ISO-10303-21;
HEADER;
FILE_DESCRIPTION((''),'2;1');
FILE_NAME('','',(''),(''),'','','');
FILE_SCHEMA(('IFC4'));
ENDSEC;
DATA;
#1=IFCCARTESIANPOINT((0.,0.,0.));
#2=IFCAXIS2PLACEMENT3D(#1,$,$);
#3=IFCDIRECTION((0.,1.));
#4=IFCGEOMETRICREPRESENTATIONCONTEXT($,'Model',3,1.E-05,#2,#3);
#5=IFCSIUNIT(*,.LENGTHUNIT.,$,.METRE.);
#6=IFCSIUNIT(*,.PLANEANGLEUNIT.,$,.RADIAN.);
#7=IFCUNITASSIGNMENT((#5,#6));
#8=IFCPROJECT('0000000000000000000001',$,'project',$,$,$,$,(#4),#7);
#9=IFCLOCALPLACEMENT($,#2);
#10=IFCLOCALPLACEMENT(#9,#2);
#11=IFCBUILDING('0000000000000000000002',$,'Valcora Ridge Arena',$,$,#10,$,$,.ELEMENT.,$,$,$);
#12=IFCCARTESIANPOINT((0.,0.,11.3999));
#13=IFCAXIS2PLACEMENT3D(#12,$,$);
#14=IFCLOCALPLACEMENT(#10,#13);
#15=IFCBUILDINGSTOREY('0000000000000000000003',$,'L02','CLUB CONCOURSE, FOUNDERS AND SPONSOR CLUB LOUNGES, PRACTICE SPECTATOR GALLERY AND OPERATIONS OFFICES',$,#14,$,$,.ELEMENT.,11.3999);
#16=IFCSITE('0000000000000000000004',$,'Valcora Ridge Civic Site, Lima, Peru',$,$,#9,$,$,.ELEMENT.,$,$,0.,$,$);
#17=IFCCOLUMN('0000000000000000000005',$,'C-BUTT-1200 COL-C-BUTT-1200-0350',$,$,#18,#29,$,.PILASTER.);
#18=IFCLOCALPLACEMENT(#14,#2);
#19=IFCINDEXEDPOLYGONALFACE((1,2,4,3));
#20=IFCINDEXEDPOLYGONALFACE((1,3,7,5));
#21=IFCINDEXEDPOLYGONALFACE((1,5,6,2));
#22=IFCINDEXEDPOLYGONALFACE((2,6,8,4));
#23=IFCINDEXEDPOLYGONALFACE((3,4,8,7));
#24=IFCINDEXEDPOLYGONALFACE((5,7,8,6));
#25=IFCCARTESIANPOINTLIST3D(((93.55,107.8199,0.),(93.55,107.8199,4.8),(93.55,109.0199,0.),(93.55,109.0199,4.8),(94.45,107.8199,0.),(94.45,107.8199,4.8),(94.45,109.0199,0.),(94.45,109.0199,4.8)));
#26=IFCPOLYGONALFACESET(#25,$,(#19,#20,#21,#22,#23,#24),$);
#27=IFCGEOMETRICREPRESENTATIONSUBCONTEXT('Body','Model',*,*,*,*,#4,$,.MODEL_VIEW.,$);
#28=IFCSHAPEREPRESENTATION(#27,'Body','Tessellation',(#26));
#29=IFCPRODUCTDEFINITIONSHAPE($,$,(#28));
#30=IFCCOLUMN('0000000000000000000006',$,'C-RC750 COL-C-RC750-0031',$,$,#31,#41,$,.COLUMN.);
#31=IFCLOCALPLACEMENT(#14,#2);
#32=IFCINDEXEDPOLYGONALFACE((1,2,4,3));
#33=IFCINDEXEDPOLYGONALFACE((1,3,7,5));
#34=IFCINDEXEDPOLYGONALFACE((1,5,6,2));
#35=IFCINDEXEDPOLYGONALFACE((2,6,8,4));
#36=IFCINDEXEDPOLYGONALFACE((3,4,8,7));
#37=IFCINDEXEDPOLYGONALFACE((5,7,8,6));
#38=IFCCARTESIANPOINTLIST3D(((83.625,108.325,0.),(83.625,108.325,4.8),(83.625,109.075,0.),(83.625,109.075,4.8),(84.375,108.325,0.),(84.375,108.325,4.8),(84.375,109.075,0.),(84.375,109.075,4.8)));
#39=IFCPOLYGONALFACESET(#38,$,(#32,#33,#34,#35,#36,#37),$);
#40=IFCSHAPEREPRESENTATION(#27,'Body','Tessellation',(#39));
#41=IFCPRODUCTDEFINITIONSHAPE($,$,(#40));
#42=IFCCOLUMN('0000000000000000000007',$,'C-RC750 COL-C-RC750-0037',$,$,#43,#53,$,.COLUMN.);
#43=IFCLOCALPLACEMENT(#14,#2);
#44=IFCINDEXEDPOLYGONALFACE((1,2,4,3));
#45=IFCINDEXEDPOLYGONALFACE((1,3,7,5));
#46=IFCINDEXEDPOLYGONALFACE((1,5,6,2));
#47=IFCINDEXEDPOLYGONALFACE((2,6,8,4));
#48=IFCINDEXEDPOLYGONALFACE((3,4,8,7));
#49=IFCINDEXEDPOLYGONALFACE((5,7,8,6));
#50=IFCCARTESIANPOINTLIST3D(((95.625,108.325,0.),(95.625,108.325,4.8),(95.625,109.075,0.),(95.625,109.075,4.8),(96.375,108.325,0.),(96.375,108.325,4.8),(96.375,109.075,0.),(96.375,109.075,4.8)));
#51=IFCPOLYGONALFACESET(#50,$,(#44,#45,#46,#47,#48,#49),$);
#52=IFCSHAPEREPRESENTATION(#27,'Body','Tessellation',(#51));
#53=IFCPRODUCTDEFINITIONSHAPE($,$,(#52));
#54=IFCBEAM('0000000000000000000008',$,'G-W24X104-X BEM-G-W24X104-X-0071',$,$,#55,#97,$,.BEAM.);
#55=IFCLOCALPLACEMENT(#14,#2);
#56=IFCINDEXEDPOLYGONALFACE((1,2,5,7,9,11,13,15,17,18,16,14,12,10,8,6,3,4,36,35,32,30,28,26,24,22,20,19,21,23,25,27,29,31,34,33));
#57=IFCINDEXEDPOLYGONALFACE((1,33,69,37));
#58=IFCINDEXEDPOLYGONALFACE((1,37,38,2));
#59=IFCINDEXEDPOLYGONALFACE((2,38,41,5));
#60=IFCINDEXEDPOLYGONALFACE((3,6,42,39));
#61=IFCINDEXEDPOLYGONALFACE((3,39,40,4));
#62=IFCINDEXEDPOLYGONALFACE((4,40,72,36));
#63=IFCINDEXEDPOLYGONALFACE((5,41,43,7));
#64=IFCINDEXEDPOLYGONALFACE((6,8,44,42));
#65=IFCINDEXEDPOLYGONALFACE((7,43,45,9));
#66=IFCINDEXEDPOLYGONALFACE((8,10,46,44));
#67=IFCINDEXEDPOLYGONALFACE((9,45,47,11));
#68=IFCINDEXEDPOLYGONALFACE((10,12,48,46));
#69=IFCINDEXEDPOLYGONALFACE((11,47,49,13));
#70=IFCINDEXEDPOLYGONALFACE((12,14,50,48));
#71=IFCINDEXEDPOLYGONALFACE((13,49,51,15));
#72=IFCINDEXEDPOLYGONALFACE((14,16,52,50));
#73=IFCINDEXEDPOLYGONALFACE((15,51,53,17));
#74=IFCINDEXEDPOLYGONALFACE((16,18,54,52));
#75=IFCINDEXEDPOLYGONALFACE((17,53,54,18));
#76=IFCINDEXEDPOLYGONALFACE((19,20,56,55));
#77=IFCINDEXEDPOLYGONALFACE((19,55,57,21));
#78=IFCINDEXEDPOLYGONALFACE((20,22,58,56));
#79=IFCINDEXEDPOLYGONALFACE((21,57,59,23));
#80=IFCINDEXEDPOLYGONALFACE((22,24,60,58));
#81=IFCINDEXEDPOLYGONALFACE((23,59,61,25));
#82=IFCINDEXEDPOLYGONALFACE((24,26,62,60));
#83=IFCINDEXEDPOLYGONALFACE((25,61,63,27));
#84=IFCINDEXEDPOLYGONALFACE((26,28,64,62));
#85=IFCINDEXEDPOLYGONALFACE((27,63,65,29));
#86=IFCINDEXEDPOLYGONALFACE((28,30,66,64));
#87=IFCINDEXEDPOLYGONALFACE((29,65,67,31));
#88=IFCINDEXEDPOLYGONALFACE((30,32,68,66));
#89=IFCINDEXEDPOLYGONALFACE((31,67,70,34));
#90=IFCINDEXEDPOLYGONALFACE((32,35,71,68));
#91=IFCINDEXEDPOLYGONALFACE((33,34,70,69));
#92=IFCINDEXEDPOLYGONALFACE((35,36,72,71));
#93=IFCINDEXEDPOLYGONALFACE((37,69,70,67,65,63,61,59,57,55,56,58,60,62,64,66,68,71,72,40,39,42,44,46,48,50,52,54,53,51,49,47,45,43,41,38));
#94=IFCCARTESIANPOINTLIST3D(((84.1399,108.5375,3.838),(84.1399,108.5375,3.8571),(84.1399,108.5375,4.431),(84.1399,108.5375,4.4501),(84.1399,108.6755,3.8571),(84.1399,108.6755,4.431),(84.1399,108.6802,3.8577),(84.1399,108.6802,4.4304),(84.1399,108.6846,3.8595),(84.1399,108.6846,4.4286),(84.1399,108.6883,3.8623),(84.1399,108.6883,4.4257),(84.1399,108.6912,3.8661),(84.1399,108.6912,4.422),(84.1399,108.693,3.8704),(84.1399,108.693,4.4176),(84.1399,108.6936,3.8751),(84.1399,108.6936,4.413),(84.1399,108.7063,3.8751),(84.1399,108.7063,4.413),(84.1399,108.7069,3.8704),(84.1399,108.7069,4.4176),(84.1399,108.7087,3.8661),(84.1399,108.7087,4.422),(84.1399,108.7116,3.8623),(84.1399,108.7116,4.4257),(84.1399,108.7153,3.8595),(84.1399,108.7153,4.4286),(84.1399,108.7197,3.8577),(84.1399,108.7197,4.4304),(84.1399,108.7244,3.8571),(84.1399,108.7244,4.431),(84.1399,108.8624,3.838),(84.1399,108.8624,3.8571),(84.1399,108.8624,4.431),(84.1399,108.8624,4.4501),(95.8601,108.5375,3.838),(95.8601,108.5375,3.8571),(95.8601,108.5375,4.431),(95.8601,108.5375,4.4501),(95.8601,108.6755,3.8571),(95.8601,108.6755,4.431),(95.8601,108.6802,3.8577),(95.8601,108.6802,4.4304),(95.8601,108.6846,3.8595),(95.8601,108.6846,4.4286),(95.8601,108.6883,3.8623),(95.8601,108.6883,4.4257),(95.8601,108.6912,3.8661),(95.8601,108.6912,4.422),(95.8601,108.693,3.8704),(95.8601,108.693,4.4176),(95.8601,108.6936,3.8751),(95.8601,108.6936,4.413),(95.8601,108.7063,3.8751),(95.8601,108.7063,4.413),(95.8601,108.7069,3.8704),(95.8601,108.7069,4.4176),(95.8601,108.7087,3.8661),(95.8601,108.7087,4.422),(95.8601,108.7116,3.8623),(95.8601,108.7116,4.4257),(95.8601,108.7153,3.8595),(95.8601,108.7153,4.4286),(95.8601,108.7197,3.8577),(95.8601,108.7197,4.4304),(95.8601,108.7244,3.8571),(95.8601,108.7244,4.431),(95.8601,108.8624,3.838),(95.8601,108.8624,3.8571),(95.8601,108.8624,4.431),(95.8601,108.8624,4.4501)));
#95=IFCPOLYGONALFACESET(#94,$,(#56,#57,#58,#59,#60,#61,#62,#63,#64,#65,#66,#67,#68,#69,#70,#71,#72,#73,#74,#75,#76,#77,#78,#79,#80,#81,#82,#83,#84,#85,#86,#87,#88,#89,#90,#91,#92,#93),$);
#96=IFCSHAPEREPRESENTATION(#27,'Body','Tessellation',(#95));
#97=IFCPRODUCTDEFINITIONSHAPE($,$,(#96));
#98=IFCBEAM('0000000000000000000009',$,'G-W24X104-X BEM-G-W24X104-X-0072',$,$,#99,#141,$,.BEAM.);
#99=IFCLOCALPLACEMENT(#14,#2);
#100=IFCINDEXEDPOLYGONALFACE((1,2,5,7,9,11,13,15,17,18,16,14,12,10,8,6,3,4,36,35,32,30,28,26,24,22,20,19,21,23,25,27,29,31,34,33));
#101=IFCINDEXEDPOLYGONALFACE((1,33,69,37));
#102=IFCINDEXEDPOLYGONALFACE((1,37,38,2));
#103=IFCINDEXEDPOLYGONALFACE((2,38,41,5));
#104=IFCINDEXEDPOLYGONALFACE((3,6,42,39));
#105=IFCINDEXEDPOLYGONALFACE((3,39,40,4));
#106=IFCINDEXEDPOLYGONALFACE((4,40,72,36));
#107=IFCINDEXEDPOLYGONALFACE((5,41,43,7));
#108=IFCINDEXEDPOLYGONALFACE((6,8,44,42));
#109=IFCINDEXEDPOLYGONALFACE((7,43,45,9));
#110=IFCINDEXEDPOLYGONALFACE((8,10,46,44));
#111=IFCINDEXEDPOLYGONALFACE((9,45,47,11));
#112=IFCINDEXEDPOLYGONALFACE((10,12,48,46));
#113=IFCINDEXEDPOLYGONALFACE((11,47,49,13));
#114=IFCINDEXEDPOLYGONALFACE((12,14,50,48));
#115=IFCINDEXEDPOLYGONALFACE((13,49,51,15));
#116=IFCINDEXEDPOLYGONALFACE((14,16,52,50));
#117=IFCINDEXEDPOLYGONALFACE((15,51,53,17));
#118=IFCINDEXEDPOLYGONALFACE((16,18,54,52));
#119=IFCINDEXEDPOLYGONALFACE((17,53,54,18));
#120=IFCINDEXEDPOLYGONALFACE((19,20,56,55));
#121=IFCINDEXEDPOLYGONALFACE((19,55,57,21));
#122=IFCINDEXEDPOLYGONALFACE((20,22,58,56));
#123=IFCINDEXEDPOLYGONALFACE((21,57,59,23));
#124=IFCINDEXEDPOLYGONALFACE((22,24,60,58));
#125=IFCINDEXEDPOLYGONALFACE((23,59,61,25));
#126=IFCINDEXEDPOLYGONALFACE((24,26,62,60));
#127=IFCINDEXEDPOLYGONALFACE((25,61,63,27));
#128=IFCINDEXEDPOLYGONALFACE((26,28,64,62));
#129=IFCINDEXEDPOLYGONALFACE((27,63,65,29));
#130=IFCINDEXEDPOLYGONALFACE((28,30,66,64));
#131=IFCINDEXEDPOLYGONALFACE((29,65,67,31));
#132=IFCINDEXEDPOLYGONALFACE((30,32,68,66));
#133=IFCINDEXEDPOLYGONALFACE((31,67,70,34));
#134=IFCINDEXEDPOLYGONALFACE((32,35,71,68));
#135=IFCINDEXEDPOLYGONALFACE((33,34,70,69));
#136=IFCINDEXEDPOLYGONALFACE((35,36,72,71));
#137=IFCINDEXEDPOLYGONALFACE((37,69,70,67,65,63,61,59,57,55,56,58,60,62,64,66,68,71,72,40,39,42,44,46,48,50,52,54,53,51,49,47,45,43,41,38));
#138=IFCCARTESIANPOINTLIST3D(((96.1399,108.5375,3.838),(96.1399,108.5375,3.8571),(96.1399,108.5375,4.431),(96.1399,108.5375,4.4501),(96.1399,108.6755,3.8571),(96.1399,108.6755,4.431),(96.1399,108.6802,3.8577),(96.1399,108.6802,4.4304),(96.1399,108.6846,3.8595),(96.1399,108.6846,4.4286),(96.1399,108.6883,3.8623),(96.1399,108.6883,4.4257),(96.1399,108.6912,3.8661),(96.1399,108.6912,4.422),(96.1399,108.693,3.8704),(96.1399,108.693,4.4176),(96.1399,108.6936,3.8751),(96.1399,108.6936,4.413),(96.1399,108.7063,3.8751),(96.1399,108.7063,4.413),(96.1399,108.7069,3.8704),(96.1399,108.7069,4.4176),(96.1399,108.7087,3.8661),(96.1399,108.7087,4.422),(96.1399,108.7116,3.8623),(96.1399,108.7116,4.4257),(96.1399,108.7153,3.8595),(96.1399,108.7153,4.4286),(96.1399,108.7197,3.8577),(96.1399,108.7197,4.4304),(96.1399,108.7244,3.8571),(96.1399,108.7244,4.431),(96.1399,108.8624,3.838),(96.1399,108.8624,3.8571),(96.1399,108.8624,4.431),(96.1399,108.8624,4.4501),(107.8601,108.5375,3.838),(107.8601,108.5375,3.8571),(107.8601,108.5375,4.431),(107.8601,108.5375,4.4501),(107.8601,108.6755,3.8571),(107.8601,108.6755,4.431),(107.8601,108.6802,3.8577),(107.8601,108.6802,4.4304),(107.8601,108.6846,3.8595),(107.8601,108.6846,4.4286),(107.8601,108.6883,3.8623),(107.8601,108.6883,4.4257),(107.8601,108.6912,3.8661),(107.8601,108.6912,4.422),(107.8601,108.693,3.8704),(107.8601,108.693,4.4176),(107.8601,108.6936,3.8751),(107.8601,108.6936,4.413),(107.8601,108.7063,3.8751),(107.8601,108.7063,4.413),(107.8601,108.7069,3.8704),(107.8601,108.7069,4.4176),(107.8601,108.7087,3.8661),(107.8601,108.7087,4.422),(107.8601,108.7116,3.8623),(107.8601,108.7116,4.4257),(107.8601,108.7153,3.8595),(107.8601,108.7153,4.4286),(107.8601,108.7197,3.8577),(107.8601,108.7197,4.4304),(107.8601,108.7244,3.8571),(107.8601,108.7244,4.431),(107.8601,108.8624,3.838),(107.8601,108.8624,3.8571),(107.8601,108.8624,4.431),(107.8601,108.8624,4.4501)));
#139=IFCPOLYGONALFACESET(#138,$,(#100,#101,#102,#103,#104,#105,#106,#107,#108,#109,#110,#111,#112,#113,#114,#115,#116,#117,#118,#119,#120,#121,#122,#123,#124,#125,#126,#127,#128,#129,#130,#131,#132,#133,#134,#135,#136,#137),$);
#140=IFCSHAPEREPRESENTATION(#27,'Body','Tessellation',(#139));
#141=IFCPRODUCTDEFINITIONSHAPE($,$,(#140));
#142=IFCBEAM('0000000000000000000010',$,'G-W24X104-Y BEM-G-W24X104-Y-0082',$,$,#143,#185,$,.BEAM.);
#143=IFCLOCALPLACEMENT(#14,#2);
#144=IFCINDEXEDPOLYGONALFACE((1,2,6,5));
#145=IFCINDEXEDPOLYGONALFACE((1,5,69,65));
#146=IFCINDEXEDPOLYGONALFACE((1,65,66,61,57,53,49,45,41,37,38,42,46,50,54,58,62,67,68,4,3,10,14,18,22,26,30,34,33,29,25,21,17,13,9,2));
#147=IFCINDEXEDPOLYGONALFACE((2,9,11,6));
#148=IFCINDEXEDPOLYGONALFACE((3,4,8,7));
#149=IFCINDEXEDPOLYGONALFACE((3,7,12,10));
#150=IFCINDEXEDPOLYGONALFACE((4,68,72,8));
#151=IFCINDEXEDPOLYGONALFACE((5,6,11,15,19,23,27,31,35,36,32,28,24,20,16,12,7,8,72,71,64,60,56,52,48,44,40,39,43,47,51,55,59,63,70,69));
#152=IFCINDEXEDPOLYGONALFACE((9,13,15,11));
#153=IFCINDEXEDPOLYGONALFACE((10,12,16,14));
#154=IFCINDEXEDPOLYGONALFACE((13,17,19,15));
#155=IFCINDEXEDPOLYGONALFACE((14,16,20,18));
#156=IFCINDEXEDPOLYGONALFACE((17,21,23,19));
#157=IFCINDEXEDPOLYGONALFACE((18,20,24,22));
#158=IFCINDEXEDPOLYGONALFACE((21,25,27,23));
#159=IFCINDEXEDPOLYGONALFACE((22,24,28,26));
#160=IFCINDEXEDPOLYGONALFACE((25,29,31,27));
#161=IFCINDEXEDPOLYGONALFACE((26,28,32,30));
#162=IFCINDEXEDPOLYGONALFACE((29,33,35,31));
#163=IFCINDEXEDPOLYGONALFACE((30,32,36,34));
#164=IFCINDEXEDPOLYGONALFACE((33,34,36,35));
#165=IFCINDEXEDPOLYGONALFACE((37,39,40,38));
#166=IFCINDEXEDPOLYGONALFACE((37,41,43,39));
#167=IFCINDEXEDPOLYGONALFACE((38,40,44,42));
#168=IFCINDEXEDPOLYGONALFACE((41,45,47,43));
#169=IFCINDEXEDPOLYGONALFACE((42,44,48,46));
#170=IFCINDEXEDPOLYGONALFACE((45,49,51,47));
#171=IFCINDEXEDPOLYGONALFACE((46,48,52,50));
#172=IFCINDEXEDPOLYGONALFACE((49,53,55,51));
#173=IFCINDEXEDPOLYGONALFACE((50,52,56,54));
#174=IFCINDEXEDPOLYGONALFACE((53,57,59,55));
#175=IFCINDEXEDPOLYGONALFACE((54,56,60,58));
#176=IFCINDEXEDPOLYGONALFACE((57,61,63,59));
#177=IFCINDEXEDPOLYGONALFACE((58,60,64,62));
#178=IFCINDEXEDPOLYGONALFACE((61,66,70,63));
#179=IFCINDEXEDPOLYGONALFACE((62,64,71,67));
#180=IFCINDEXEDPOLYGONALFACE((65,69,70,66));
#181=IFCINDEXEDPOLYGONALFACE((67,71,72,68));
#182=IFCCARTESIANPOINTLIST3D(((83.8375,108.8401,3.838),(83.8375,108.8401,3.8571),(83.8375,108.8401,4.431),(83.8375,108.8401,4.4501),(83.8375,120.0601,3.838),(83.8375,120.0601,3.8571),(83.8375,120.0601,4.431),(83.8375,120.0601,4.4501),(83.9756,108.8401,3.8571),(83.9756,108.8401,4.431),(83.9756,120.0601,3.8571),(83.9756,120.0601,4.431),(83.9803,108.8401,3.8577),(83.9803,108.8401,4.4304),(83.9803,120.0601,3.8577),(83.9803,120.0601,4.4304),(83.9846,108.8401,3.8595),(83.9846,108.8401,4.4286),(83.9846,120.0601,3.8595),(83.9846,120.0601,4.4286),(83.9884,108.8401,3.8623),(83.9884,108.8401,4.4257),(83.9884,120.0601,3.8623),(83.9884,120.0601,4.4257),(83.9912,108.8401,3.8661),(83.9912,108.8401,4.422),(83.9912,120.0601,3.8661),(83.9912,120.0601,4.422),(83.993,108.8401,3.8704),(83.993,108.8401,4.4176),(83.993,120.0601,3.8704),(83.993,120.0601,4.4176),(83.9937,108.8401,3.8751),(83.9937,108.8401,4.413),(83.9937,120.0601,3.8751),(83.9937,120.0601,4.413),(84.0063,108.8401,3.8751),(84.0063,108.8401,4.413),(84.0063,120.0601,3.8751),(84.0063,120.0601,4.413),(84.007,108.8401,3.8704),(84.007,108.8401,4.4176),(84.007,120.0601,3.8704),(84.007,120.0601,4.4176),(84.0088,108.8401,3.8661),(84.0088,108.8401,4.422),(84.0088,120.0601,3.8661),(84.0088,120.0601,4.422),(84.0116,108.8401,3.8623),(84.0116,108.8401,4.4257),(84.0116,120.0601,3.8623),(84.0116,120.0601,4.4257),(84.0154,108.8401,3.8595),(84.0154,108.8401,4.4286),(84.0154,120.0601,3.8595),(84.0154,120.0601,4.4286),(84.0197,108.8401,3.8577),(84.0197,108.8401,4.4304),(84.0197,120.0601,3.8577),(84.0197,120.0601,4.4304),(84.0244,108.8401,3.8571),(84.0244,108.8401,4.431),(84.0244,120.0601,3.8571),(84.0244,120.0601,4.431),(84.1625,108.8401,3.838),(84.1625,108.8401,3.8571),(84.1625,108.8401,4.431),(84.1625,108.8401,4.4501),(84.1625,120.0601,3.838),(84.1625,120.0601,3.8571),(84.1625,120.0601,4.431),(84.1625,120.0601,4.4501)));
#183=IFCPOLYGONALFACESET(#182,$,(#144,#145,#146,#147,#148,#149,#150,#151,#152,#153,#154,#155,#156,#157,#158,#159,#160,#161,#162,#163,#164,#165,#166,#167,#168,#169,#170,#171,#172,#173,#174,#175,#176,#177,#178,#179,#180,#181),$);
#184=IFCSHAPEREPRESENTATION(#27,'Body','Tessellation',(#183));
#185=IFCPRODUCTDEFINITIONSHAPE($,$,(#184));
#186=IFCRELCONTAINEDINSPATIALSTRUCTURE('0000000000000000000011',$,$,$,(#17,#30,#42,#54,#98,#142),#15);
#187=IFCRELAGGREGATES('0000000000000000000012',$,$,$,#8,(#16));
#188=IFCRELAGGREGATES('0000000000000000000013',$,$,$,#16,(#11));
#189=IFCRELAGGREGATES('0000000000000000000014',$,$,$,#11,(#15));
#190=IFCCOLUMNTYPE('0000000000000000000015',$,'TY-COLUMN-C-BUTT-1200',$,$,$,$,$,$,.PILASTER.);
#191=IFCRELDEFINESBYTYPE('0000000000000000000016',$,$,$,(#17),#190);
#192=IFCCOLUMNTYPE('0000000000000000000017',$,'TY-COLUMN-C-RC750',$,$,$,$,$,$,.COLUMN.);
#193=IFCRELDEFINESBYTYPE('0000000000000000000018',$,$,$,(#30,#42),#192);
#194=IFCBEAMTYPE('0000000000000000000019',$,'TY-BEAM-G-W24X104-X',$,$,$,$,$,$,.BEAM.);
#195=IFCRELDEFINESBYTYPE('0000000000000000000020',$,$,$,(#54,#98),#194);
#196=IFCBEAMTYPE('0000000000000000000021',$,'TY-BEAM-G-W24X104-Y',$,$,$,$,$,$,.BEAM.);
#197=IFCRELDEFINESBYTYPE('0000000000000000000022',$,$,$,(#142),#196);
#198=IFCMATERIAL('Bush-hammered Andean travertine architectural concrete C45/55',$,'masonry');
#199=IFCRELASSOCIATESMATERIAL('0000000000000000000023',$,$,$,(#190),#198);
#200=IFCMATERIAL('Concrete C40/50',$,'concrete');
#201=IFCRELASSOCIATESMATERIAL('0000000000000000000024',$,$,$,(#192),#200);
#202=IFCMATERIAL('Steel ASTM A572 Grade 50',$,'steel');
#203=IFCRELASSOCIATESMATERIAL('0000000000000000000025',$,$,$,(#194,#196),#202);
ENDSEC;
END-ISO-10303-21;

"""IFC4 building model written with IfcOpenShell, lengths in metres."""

from ifc_helpers import new_model, si_unit, direction, frame, origin, origin_2d, place, context, subcontext, project, spatial, rectangle, i_section, extrude, material, material_profile, profile_set, type_object, element, save


model = new_model("IFC4")

# Units and contexts
model_context = context("Model", 3, precision=1e-05, world=origin(), true_north=direction((0.0, 1.0)))
body_context = subcontext(model_context, "Body", "Model", "MODEL_VIEW")
ifc_project = project(units=[si_unit("LENGTHUNIT", "METRE"), si_unit("PLANEANGLEUNIT", "RADIAN")], contexts=[model_context])

# Site, building, storey
site_placement = place(None, origin())
site = spatial("IfcSite", under=ifc_project, at=site_placement, Name="Valcora Ridge Civic Site, Lima, Peru", CompositionType="ELEMENT", RefElevation=0.0)
building_placement = place(site_placement, origin())
building = spatial("IfcBuilding", under=site, at=building_placement, Name="Valcora Ridge Arena", CompositionType="ELEMENT")
storey_placement = place(building_placement, frame((0.0, 0.0, 11.3999)))
storey = spatial("IfcBuildingStorey", under=building, at=storey_placement, Name="L02", Description="CLUB CONCOURSE, FOUNDERS AND SPONSOR CLUB LOUNGES, PRACTICE SPECTATOR GALLERY AND OPERATIONS OFFICES", CompositionType="ELEMENT", Elevation=11.3999)

# Columns
ifc_material_1 = material(Name="Bush-hammered Andean travertine architectural concrete C45/55", Category="masonry")
ifc_material_profile_1 = material_profile(ifc_material_1, rectangle(XDim=0.8999, YDim=1.2, at=origin_2d()), Name="RC 900x1200")
ifc_profile_set_1 = profile_set([ifc_material_profile_1], Name="Bush-hammered Andean travertine architectural concrete C45/55")
column_type_1 = type_object("IfcColumnType", Name="TY-COLUMN-C-BUTT-1200", PredefinedType="PILASTER", material=ifc_profile_set_1)
column_placement = place(storey_placement, frame((94.0, 108.4199, 0.0), z_axis=(0.0, 0.0, 1.0), x_axis=(1.0, 0.0, 0.0)))
element("IfcColumn", 1, at=column_placement, inside=storey, type_object=column_type_1, Name="C-BUTT-1200 COL-C-BUTT-1200-0350", PredefinedType="PILASTER", context=body_context, shape_type="SweptSolid", body=[
    extrude(rectangle(XDim=0.8999, YDim=1.2, at=origin_2d()), origin(), (0.0, 0.0, 1.0), 4.8),
])
ifc_material_2 = material(Name="Concrete C40/50", Category="concrete")
ifc_material_profile_2 = material_profile(ifc_material_2, rectangle(XDim=0.75, YDim=0.75, at=origin_2d()), Name="RC 750x750")
ifc_profile_set_2 = profile_set([ifc_material_profile_2], Name="Concrete C40/50")
column_type_2 = type_object("IfcColumnType", Name="TY-COLUMN-C-RC750", PredefinedType="COLUMN", material=ifc_profile_set_2)
for number, where, z_axis, x_axis, name in (
    (2, (84.0, 108.7, 0.0), (0.0, 0.0, 1.0), (1.0, 0.0, 0.0), "C-RC750 COL-C-RC750-0031"),
    (3, (96.0, 108.7, 0.0), (0.0, 0.0, 1.0), (1.0, 0.0, 0.0), "C-RC750 COL-C-RC750-0037"),
):
    element("IfcColumn", number, at=place(storey_placement, frame(where, z_axis=z_axis, x_axis=x_axis)), inside=storey, type_object=column_type_2, Name=name, PredefinedType="COLUMN", context=body_context, shape_type="SweptSolid", body=[
        extrude(rectangle(XDim=0.75, YDim=0.75, at=origin_2d()), origin(), (0.0, 0.0, 1.0), 4.8),
    ])

# Beams
ifc_material_3 = material(Name="Steel ASTM A572 Grade 50", Category="steel")
ifc_material_profile_3 = material_profile(ifc_material_3, i_section(OverallWidth=0.325, OverallDepth=0.6121, WebThickness=0.0127, FlangeThickness=0.019, FilletRadius=0.0181, at=origin_2d()), Name="W24X104")
ifc_profile_set_3 = profile_set([ifc_material_profile_3], Name="Steel ASTM A572 Grade 50")
beam_type_1 = type_object("IfcBeamType", Name="TY-BEAM-G-W24X104-X", PredefinedType="BEAM", material=ifc_profile_set_3)
for number, where, z_axis, x_axis, name in (
    (4, (84.1399, 108.7, 4.144), (1.0, 0.0, 0.0), (0.0, 1.0, 0.0), "G-W24X104-X BEM-G-W24X104-X-0071"),
    (5, (96.1399, 108.7, 4.144), (1.0, 0.0, 0.0), (0.0, 1.0, 0.0), "G-W24X104-X BEM-G-W24X104-X-0072"),
):
    element("IfcBeam", number, at=place(storey_placement, frame(where, z_axis=z_axis, x_axis=x_axis)), inside=storey, type_object=beam_type_1, Name=name, PredefinedType="BEAM", context=body_context, shape_type="SweptSolid", body=[
        extrude(i_section(OverallWidth=0.325, OverallDepth=0.6121, WebThickness=0.0127, FlangeThickness=0.019, FilletRadius=0.0181, at=origin_2d()), origin(), (0.0, 0.0, 1.0), 11.7202),
    ])
ifc_material_profile_4 = material_profile(ifc_material_3, i_section(OverallWidth=0.325, OverallDepth=0.6121, WebThickness=0.0127, FlangeThickness=0.019, FilletRadius=0.0181, at=origin_2d()), Name="W24X104")
ifc_profile_set_4 = profile_set([ifc_material_profile_4], Name="Steel ASTM A572 Grade 50")
beam_type_2 = type_object("IfcBeamType", Name="TY-BEAM-G-W24X104-Y", PredefinedType="BEAM", material=ifc_profile_set_4)
for number, where, z_axis, x_axis, name in (
    (6, (84.0, 108.8401, 4.144), (0.0, 1.0, 0.0), (-1.0, 0.0, 0.0), "G-W24X104-Y BEM-G-W24X104-Y-0082"),
):
    element("IfcBeam", number, at=place(storey_placement, frame(where, z_axis=z_axis, x_axis=x_axis)), inside=storey, type_object=beam_type_2, Name=name, PredefinedType="BEAM", context=body_context, shape_type="SweptSolid", body=[
        extrude(i_section(OverallWidth=0.325, OverallDepth=0.6121, WebThickness=0.0127, FlangeThickness=0.019, FilletRadius=0.0181, at=origin_2d()), origin(), (0.0, 0.0, 1.0), 11.22),
    ])

save(model, "model.ifc")
